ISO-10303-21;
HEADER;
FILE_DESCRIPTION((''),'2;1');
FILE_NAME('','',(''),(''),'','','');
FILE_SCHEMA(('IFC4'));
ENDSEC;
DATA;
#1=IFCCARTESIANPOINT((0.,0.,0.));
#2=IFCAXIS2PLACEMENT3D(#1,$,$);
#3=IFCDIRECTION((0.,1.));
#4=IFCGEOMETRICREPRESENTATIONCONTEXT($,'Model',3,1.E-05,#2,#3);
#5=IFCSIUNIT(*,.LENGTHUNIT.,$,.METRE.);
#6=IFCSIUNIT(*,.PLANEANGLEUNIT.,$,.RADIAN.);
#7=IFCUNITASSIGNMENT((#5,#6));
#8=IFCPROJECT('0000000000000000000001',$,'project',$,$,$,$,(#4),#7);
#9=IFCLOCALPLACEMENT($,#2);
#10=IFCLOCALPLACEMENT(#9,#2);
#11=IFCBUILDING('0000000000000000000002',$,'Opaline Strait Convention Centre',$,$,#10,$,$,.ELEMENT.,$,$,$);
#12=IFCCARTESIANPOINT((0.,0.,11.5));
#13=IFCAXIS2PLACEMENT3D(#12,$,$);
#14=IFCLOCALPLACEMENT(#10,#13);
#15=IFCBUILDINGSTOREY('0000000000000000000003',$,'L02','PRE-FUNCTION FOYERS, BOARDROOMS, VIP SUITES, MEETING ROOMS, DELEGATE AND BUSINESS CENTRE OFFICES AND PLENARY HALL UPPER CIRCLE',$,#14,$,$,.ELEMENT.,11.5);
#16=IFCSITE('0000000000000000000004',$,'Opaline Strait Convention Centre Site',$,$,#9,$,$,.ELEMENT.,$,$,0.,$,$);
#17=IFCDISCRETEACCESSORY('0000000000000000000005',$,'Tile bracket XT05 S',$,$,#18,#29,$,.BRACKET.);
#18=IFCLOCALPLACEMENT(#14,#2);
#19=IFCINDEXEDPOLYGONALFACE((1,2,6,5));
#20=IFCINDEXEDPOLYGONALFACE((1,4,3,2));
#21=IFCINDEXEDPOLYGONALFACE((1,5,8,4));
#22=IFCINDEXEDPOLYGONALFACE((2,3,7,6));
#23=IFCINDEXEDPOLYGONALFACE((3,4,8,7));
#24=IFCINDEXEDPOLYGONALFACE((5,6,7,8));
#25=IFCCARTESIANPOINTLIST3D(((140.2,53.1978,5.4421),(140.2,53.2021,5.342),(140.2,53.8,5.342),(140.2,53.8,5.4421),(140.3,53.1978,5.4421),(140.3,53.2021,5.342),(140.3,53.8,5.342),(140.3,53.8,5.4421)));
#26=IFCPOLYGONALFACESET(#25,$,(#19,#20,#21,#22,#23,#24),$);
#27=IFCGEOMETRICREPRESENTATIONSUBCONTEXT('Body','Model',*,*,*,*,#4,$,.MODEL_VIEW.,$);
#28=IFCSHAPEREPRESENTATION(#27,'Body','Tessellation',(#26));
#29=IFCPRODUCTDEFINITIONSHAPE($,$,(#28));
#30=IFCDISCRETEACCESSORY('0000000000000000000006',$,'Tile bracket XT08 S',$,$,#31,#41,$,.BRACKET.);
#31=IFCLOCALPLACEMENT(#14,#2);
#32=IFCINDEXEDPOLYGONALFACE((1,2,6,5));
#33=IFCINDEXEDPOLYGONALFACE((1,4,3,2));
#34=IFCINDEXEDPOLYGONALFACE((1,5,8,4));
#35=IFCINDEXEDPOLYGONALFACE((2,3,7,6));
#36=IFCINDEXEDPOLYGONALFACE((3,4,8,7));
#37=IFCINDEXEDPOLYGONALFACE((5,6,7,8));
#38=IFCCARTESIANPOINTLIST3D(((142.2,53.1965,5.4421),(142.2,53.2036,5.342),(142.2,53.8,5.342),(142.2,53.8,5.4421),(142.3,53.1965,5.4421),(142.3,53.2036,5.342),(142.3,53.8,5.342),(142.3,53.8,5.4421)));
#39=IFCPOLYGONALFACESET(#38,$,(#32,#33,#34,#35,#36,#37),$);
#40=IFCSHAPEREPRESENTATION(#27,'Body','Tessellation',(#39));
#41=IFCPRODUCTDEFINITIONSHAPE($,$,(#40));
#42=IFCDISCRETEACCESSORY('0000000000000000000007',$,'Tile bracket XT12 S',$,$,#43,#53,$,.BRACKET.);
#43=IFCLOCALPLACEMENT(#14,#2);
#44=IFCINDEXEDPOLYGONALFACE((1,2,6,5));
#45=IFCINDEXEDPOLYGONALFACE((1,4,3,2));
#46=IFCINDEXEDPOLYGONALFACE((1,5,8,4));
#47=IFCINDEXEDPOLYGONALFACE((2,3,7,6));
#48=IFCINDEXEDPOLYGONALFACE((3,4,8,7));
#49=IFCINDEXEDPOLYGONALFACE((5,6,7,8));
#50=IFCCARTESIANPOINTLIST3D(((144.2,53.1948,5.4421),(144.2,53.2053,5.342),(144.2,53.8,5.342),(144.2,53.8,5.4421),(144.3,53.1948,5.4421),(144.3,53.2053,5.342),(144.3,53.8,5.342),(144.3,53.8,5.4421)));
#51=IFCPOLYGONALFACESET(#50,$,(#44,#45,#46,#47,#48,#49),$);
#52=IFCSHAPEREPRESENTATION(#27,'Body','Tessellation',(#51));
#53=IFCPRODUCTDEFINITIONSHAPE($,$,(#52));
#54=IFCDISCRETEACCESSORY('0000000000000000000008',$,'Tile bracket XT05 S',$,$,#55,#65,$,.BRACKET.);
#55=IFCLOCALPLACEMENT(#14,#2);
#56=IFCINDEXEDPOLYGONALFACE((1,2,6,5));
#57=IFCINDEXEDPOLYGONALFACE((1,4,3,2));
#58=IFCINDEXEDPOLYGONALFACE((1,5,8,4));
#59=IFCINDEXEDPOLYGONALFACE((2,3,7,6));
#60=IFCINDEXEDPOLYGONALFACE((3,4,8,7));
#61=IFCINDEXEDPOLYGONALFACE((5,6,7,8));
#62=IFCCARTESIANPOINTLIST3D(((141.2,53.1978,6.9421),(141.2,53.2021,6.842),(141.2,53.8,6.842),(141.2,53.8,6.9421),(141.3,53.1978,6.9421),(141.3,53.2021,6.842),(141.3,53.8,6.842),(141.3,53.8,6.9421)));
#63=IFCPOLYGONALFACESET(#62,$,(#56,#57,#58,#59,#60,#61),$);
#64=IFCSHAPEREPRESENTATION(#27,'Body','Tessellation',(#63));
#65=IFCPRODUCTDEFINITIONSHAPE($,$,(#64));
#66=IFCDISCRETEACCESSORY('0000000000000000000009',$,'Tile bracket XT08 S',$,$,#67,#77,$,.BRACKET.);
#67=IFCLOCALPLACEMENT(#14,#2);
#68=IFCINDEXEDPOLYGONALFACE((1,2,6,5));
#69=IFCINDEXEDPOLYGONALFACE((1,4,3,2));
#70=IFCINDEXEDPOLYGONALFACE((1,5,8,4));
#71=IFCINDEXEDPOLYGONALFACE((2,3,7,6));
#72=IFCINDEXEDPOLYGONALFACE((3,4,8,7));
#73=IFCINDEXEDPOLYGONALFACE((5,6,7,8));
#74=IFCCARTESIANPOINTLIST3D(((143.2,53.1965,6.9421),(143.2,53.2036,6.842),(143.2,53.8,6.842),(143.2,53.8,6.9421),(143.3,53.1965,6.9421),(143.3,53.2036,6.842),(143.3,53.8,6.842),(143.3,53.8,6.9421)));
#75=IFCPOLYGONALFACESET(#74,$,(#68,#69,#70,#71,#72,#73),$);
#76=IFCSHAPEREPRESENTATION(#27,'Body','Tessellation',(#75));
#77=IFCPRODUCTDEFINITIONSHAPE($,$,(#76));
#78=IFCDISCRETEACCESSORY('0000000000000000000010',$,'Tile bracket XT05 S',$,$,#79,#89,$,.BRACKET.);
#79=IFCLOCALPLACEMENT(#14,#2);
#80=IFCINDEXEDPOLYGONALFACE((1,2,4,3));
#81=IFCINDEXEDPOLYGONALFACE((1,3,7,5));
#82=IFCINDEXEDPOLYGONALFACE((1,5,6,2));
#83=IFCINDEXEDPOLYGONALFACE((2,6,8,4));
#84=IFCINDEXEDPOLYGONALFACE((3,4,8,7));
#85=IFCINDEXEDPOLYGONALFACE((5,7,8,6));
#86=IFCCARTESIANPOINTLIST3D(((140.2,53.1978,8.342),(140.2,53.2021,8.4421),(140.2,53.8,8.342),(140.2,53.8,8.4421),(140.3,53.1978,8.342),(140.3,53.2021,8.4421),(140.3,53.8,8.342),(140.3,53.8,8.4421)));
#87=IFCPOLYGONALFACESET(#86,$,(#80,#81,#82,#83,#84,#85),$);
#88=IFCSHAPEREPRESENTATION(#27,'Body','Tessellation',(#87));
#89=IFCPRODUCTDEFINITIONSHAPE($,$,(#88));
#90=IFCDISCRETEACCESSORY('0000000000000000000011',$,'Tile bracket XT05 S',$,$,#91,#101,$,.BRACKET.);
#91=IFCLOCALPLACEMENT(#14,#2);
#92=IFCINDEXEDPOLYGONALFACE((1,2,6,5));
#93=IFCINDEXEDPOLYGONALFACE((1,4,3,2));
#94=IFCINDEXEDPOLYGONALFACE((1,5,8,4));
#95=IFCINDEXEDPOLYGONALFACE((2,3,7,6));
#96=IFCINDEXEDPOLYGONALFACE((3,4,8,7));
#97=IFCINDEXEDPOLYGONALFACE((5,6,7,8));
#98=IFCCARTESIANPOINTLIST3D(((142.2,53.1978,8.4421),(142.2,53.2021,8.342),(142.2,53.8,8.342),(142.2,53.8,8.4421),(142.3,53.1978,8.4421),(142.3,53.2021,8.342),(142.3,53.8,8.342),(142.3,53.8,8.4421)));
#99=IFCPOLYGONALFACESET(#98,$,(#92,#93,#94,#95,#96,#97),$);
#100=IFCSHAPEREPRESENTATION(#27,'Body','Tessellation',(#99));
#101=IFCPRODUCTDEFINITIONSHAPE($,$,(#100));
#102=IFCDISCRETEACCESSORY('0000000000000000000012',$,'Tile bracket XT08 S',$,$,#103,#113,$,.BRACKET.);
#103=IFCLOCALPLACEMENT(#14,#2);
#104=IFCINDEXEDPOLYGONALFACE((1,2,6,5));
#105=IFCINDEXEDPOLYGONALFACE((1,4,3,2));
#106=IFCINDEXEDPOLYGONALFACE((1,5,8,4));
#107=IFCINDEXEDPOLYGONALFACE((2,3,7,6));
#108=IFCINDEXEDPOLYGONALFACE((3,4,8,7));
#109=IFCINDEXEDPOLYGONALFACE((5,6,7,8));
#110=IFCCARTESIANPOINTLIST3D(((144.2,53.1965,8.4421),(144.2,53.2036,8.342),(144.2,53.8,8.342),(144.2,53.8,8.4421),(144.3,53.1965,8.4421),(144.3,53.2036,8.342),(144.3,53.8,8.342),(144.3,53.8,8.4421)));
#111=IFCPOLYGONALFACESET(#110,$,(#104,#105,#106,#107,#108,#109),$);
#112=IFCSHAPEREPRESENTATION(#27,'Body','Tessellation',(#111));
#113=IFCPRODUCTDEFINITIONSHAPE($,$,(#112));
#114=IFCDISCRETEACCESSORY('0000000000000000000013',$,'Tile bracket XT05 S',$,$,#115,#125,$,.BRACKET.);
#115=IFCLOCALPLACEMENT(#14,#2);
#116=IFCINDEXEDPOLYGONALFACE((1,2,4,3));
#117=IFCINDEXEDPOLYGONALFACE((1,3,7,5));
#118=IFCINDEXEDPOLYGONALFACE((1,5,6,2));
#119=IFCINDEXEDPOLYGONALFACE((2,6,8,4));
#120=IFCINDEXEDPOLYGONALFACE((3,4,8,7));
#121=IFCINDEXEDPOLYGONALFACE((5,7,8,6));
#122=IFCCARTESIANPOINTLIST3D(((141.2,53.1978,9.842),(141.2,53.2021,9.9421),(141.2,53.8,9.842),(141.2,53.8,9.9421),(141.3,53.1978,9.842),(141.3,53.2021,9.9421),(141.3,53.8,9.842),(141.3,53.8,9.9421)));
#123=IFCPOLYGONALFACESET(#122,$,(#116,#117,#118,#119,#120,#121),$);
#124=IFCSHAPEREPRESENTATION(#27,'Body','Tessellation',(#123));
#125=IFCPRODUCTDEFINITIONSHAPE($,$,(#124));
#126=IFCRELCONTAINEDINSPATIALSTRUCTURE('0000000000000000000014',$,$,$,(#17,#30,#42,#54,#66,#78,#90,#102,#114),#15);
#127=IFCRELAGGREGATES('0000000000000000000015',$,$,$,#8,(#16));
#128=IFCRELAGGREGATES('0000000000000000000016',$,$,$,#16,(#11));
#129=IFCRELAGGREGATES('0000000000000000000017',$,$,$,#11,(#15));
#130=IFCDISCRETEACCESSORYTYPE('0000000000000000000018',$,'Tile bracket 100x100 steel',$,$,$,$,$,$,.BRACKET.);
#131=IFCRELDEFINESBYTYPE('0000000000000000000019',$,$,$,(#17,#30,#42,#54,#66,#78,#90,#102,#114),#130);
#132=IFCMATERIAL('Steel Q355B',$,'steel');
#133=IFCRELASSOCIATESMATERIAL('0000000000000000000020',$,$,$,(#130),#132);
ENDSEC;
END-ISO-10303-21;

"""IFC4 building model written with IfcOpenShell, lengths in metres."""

from ifc_helpers import new_model, si_unit, direction, frame, origin, place, context, subcontext, project, spatial, polyline, outline, extrude, material, type_object, element, save


model = new_model("IFC4")

# Units and contexts
model_context = context("Model", 3, precision=1e-05, world=origin(), true_north=direction((0.0, 1.0)))
body_context = subcontext(model_context, "Body", "Model", "MODEL_VIEW")
ifc_project = project(units=[si_unit("LENGTHUNIT", "METRE"), si_unit("PLANEANGLEUNIT", "RADIAN")], contexts=[model_context])

# Site, building, storey
site_placement = place(None, origin())
site = spatial("IfcSite", under=ifc_project, at=site_placement, Name="Opaline Strait Convention Centre Site", CompositionType="ELEMENT", RefElevation=0.0)
building_placement = place(site_placement, origin())
building = spatial("IfcBuilding", under=site, at=building_placement, Name="Opaline Strait Convention Centre", CompositionType="ELEMENT")
storey_placement = place(building_placement, frame((0.0, 0.0, 11.5)))
storey = spatial("IfcBuildingStorey", under=building, at=storey_placement, Name="L02", Description="PRE-FUNCTION FOYERS, BOARDROOMS, VIP SUITES, MEETING ROOMS, DELEGATE AND BUSINESS CENTRE OFFICES AND PLENARY HALL UPPER CIRCLE", CompositionType="ELEMENT", Elevation=11.5)

# Discrete accessories
ifc_material_1 = material(Name="Steel Q355B", Category="steel")
discrete_accessory_type = type_object("IfcDiscreteAccessoryType", Name="Tile bracket 100x100 steel", PredefinedType="BRACKET", material=ifc_material_1)
discrete_accessory_1_placement = place(storey_placement, frame((140.2, 53.8, 5.3921), z_axis=(1.0, 0.0, 0.0), x_axis=(0.0, 1.0, 0.0)))
element("IfcDiscreteAccessory", 1, at=discrete_accessory_1_placement, inside=storey, type_object=discrete_accessory_type, Name="Tile bracket XT05 S", PredefinedType="BRACKET", context=body_context, shape_type="SweptSolid", body=[
    extrude(outline(polyline([(0.0, -0.05), (0.0, 0.05), (-0.6023, 0.05), (-0.5979, -0.05), (0.0, -0.05)])), origin(), (0.0, 0.0, 1.0), 0.1001),
])
discrete_accessory_2_placement = place(storey_placement, frame((142.2, 53.8, 5.3921), z_axis=(1.0, 0.0, 0.0), x_axis=(0.0, 1.0, 0.0)))
element("IfcDiscreteAccessory", 2, at=discrete_accessory_2_placement, inside=storey, type_object=discrete_accessory_type, Name="Tile bracket XT08 S", PredefinedType="BRACKET", context=body_context, shape_type="SweptSolid", body=[
    extrude(outline(polyline([(0.0, -0.05), (0.0, 0.05), (-0.6035, 0.05), (-0.5964, -0.05), (0.0, -0.05)])), origin(), (0.0, 0.0, 1.0), 0.1001),
])
discrete_accessory_3_placement = place(storey_placement, frame((144.2, 53.8, 5.3921), z_axis=(1.0, 0.0, 0.0), x_axis=(0.0, 1.0, 0.0)))
element("IfcDiscreteAccessory", 3, at=discrete_accessory_3_placement, inside=storey, type_object=discrete_accessory_type, Name="Tile bracket XT12 S", PredefinedType="BRACKET", context=body_context, shape_type="SweptSolid", body=[
    extrude(outline(polyline([(0.0, -0.05), (0.0, 0.05), (-0.6052, 0.05), (-0.5947, -0.05), (0.0, -0.05)])), origin(), (0.0, 0.0, 1.0), 0.1001),
])
discrete_accessory_4_placement = place(storey_placement, frame((141.2, 53.8, 6.8921), z_axis=(1.0, 0.0, 0.0), x_axis=(0.0, 1.0, 0.0)))
element("IfcDiscreteAccessory", 4, at=discrete_accessory_4_placement, inside=storey, type_object=discrete_accessory_type, Name="Tile bracket XT05 S", PredefinedType="BRACKET", context=body_context, shape_type="SweptSolid", body=[
    extrude(outline(polyline([(0.0, -0.05), (0.0, 0.05), (-0.6023, 0.05), (-0.5979, -0.05), (0.0, -0.05)])), origin(), (0.0, 0.0, 1.0), 0.1001),
])
discrete_accessory_5_placement = place(storey_placement, frame((143.2, 53.8, 6.8921), z_axis=(1.0, 0.0, 0.0), x_axis=(0.0, 1.0, 0.0)))
element("IfcDiscreteAccessory", 5, at=discrete_accessory_5_placement, inside=storey, type_object=discrete_accessory_type, Name="Tile bracket XT08 S", PredefinedType="BRACKET", context=body_context, shape_type="SweptSolid", body=[
    extrude(outline(polyline([(0.0, -0.05), (0.0, 0.05), (-0.6035, 0.05), (-0.5964, -0.05), (0.0, -0.05)])), origin(), (0.0, 0.0, 1.0), 0.1001),
])
discrete_accessory_6_placement = place(storey_placement, frame((140.2, 53.8, 8.3921), z_axis=(1.0, 0.0, 0.0), x_axis=(0.0, 1.0, 0.0)))
element("IfcDiscreteAccessory", 6, at=discrete_accessory_6_placement, inside=storey, type_object=discrete_accessory_type, Name="Tile bracket XT05 S", PredefinedType="BRACKET", context=body_context, shape_type="SweptSolid", body=[
    extrude(outline(polyline([(0.0, -0.05), (0.0, 0.05), (-0.5979, 0.05), (-0.6023, -0.05), (0.0, -0.05)])), origin(), (0.0, 0.0, 1.0), 0.1001),
])
discrete_accessory_7_placement = place(storey_placement, frame((142.2, 53.8, 8.3921), z_axis=(1.0, 0.0, 0.0), x_axis=(0.0, 1.0, 0.0)))
element("IfcDiscreteAccessory", 7, at=discrete_accessory_7_placement, inside=storey, type_object=discrete_accessory_type, Name="Tile bracket XT05 S", PredefinedType="BRACKET", context=body_context, shape_type="SweptSolid", body=[
    extrude(outline(polyline([(0.0, -0.05), (0.0, 0.05), (-0.6023, 0.05), (-0.5979, -0.05), (0.0, -0.05)])), origin(), (0.0, 0.0, 1.0), 0.1001),
])
discrete_accessory_8_placement = place(storey_placement, frame((144.2, 53.8, 8.3921), z_axis=(1.0, 0.0, 0.0), x_axis=(0.0, 1.0, 0.0)))
element("IfcDiscreteAccessory", 8, at=discrete_accessory_8_placement, inside=storey, type_object=discrete_accessory_type, Name="Tile bracket XT08 S", PredefinedType="BRACKET", context=body_context, shape_type="SweptSolid", body=[
    extrude(outline(polyline([(0.0, -0.05), (0.0, 0.05), (-0.6035, 0.05), (-0.5964, -0.05), (0.0, -0.05)])), origin(), (0.0, 0.0, 1.0), 0.1001),
])
discrete_accessory_9_placement = place(storey_placement, frame((141.2, 53.8, 9.8921), z_axis=(1.0, 0.0, 0.0), x_axis=(0.0, 1.0, 0.0)))
element("IfcDiscreteAccessory", 9, at=discrete_accessory_9_placement, inside=storey, type_object=discrete_accessory_type, Name="Tile bracket XT05 S", PredefinedType="BRACKET", context=body_context, shape_type="SweptSolid", body=[
    extrude(outline(polyline([(0.0, -0.05), (0.0, 0.05), (-0.5979, 0.05), (-0.6023, -0.05), (0.0, -0.05)])), origin(), (0.0, 0.0, 1.0), 0.1001),
])

save(model, "model.ifc")
